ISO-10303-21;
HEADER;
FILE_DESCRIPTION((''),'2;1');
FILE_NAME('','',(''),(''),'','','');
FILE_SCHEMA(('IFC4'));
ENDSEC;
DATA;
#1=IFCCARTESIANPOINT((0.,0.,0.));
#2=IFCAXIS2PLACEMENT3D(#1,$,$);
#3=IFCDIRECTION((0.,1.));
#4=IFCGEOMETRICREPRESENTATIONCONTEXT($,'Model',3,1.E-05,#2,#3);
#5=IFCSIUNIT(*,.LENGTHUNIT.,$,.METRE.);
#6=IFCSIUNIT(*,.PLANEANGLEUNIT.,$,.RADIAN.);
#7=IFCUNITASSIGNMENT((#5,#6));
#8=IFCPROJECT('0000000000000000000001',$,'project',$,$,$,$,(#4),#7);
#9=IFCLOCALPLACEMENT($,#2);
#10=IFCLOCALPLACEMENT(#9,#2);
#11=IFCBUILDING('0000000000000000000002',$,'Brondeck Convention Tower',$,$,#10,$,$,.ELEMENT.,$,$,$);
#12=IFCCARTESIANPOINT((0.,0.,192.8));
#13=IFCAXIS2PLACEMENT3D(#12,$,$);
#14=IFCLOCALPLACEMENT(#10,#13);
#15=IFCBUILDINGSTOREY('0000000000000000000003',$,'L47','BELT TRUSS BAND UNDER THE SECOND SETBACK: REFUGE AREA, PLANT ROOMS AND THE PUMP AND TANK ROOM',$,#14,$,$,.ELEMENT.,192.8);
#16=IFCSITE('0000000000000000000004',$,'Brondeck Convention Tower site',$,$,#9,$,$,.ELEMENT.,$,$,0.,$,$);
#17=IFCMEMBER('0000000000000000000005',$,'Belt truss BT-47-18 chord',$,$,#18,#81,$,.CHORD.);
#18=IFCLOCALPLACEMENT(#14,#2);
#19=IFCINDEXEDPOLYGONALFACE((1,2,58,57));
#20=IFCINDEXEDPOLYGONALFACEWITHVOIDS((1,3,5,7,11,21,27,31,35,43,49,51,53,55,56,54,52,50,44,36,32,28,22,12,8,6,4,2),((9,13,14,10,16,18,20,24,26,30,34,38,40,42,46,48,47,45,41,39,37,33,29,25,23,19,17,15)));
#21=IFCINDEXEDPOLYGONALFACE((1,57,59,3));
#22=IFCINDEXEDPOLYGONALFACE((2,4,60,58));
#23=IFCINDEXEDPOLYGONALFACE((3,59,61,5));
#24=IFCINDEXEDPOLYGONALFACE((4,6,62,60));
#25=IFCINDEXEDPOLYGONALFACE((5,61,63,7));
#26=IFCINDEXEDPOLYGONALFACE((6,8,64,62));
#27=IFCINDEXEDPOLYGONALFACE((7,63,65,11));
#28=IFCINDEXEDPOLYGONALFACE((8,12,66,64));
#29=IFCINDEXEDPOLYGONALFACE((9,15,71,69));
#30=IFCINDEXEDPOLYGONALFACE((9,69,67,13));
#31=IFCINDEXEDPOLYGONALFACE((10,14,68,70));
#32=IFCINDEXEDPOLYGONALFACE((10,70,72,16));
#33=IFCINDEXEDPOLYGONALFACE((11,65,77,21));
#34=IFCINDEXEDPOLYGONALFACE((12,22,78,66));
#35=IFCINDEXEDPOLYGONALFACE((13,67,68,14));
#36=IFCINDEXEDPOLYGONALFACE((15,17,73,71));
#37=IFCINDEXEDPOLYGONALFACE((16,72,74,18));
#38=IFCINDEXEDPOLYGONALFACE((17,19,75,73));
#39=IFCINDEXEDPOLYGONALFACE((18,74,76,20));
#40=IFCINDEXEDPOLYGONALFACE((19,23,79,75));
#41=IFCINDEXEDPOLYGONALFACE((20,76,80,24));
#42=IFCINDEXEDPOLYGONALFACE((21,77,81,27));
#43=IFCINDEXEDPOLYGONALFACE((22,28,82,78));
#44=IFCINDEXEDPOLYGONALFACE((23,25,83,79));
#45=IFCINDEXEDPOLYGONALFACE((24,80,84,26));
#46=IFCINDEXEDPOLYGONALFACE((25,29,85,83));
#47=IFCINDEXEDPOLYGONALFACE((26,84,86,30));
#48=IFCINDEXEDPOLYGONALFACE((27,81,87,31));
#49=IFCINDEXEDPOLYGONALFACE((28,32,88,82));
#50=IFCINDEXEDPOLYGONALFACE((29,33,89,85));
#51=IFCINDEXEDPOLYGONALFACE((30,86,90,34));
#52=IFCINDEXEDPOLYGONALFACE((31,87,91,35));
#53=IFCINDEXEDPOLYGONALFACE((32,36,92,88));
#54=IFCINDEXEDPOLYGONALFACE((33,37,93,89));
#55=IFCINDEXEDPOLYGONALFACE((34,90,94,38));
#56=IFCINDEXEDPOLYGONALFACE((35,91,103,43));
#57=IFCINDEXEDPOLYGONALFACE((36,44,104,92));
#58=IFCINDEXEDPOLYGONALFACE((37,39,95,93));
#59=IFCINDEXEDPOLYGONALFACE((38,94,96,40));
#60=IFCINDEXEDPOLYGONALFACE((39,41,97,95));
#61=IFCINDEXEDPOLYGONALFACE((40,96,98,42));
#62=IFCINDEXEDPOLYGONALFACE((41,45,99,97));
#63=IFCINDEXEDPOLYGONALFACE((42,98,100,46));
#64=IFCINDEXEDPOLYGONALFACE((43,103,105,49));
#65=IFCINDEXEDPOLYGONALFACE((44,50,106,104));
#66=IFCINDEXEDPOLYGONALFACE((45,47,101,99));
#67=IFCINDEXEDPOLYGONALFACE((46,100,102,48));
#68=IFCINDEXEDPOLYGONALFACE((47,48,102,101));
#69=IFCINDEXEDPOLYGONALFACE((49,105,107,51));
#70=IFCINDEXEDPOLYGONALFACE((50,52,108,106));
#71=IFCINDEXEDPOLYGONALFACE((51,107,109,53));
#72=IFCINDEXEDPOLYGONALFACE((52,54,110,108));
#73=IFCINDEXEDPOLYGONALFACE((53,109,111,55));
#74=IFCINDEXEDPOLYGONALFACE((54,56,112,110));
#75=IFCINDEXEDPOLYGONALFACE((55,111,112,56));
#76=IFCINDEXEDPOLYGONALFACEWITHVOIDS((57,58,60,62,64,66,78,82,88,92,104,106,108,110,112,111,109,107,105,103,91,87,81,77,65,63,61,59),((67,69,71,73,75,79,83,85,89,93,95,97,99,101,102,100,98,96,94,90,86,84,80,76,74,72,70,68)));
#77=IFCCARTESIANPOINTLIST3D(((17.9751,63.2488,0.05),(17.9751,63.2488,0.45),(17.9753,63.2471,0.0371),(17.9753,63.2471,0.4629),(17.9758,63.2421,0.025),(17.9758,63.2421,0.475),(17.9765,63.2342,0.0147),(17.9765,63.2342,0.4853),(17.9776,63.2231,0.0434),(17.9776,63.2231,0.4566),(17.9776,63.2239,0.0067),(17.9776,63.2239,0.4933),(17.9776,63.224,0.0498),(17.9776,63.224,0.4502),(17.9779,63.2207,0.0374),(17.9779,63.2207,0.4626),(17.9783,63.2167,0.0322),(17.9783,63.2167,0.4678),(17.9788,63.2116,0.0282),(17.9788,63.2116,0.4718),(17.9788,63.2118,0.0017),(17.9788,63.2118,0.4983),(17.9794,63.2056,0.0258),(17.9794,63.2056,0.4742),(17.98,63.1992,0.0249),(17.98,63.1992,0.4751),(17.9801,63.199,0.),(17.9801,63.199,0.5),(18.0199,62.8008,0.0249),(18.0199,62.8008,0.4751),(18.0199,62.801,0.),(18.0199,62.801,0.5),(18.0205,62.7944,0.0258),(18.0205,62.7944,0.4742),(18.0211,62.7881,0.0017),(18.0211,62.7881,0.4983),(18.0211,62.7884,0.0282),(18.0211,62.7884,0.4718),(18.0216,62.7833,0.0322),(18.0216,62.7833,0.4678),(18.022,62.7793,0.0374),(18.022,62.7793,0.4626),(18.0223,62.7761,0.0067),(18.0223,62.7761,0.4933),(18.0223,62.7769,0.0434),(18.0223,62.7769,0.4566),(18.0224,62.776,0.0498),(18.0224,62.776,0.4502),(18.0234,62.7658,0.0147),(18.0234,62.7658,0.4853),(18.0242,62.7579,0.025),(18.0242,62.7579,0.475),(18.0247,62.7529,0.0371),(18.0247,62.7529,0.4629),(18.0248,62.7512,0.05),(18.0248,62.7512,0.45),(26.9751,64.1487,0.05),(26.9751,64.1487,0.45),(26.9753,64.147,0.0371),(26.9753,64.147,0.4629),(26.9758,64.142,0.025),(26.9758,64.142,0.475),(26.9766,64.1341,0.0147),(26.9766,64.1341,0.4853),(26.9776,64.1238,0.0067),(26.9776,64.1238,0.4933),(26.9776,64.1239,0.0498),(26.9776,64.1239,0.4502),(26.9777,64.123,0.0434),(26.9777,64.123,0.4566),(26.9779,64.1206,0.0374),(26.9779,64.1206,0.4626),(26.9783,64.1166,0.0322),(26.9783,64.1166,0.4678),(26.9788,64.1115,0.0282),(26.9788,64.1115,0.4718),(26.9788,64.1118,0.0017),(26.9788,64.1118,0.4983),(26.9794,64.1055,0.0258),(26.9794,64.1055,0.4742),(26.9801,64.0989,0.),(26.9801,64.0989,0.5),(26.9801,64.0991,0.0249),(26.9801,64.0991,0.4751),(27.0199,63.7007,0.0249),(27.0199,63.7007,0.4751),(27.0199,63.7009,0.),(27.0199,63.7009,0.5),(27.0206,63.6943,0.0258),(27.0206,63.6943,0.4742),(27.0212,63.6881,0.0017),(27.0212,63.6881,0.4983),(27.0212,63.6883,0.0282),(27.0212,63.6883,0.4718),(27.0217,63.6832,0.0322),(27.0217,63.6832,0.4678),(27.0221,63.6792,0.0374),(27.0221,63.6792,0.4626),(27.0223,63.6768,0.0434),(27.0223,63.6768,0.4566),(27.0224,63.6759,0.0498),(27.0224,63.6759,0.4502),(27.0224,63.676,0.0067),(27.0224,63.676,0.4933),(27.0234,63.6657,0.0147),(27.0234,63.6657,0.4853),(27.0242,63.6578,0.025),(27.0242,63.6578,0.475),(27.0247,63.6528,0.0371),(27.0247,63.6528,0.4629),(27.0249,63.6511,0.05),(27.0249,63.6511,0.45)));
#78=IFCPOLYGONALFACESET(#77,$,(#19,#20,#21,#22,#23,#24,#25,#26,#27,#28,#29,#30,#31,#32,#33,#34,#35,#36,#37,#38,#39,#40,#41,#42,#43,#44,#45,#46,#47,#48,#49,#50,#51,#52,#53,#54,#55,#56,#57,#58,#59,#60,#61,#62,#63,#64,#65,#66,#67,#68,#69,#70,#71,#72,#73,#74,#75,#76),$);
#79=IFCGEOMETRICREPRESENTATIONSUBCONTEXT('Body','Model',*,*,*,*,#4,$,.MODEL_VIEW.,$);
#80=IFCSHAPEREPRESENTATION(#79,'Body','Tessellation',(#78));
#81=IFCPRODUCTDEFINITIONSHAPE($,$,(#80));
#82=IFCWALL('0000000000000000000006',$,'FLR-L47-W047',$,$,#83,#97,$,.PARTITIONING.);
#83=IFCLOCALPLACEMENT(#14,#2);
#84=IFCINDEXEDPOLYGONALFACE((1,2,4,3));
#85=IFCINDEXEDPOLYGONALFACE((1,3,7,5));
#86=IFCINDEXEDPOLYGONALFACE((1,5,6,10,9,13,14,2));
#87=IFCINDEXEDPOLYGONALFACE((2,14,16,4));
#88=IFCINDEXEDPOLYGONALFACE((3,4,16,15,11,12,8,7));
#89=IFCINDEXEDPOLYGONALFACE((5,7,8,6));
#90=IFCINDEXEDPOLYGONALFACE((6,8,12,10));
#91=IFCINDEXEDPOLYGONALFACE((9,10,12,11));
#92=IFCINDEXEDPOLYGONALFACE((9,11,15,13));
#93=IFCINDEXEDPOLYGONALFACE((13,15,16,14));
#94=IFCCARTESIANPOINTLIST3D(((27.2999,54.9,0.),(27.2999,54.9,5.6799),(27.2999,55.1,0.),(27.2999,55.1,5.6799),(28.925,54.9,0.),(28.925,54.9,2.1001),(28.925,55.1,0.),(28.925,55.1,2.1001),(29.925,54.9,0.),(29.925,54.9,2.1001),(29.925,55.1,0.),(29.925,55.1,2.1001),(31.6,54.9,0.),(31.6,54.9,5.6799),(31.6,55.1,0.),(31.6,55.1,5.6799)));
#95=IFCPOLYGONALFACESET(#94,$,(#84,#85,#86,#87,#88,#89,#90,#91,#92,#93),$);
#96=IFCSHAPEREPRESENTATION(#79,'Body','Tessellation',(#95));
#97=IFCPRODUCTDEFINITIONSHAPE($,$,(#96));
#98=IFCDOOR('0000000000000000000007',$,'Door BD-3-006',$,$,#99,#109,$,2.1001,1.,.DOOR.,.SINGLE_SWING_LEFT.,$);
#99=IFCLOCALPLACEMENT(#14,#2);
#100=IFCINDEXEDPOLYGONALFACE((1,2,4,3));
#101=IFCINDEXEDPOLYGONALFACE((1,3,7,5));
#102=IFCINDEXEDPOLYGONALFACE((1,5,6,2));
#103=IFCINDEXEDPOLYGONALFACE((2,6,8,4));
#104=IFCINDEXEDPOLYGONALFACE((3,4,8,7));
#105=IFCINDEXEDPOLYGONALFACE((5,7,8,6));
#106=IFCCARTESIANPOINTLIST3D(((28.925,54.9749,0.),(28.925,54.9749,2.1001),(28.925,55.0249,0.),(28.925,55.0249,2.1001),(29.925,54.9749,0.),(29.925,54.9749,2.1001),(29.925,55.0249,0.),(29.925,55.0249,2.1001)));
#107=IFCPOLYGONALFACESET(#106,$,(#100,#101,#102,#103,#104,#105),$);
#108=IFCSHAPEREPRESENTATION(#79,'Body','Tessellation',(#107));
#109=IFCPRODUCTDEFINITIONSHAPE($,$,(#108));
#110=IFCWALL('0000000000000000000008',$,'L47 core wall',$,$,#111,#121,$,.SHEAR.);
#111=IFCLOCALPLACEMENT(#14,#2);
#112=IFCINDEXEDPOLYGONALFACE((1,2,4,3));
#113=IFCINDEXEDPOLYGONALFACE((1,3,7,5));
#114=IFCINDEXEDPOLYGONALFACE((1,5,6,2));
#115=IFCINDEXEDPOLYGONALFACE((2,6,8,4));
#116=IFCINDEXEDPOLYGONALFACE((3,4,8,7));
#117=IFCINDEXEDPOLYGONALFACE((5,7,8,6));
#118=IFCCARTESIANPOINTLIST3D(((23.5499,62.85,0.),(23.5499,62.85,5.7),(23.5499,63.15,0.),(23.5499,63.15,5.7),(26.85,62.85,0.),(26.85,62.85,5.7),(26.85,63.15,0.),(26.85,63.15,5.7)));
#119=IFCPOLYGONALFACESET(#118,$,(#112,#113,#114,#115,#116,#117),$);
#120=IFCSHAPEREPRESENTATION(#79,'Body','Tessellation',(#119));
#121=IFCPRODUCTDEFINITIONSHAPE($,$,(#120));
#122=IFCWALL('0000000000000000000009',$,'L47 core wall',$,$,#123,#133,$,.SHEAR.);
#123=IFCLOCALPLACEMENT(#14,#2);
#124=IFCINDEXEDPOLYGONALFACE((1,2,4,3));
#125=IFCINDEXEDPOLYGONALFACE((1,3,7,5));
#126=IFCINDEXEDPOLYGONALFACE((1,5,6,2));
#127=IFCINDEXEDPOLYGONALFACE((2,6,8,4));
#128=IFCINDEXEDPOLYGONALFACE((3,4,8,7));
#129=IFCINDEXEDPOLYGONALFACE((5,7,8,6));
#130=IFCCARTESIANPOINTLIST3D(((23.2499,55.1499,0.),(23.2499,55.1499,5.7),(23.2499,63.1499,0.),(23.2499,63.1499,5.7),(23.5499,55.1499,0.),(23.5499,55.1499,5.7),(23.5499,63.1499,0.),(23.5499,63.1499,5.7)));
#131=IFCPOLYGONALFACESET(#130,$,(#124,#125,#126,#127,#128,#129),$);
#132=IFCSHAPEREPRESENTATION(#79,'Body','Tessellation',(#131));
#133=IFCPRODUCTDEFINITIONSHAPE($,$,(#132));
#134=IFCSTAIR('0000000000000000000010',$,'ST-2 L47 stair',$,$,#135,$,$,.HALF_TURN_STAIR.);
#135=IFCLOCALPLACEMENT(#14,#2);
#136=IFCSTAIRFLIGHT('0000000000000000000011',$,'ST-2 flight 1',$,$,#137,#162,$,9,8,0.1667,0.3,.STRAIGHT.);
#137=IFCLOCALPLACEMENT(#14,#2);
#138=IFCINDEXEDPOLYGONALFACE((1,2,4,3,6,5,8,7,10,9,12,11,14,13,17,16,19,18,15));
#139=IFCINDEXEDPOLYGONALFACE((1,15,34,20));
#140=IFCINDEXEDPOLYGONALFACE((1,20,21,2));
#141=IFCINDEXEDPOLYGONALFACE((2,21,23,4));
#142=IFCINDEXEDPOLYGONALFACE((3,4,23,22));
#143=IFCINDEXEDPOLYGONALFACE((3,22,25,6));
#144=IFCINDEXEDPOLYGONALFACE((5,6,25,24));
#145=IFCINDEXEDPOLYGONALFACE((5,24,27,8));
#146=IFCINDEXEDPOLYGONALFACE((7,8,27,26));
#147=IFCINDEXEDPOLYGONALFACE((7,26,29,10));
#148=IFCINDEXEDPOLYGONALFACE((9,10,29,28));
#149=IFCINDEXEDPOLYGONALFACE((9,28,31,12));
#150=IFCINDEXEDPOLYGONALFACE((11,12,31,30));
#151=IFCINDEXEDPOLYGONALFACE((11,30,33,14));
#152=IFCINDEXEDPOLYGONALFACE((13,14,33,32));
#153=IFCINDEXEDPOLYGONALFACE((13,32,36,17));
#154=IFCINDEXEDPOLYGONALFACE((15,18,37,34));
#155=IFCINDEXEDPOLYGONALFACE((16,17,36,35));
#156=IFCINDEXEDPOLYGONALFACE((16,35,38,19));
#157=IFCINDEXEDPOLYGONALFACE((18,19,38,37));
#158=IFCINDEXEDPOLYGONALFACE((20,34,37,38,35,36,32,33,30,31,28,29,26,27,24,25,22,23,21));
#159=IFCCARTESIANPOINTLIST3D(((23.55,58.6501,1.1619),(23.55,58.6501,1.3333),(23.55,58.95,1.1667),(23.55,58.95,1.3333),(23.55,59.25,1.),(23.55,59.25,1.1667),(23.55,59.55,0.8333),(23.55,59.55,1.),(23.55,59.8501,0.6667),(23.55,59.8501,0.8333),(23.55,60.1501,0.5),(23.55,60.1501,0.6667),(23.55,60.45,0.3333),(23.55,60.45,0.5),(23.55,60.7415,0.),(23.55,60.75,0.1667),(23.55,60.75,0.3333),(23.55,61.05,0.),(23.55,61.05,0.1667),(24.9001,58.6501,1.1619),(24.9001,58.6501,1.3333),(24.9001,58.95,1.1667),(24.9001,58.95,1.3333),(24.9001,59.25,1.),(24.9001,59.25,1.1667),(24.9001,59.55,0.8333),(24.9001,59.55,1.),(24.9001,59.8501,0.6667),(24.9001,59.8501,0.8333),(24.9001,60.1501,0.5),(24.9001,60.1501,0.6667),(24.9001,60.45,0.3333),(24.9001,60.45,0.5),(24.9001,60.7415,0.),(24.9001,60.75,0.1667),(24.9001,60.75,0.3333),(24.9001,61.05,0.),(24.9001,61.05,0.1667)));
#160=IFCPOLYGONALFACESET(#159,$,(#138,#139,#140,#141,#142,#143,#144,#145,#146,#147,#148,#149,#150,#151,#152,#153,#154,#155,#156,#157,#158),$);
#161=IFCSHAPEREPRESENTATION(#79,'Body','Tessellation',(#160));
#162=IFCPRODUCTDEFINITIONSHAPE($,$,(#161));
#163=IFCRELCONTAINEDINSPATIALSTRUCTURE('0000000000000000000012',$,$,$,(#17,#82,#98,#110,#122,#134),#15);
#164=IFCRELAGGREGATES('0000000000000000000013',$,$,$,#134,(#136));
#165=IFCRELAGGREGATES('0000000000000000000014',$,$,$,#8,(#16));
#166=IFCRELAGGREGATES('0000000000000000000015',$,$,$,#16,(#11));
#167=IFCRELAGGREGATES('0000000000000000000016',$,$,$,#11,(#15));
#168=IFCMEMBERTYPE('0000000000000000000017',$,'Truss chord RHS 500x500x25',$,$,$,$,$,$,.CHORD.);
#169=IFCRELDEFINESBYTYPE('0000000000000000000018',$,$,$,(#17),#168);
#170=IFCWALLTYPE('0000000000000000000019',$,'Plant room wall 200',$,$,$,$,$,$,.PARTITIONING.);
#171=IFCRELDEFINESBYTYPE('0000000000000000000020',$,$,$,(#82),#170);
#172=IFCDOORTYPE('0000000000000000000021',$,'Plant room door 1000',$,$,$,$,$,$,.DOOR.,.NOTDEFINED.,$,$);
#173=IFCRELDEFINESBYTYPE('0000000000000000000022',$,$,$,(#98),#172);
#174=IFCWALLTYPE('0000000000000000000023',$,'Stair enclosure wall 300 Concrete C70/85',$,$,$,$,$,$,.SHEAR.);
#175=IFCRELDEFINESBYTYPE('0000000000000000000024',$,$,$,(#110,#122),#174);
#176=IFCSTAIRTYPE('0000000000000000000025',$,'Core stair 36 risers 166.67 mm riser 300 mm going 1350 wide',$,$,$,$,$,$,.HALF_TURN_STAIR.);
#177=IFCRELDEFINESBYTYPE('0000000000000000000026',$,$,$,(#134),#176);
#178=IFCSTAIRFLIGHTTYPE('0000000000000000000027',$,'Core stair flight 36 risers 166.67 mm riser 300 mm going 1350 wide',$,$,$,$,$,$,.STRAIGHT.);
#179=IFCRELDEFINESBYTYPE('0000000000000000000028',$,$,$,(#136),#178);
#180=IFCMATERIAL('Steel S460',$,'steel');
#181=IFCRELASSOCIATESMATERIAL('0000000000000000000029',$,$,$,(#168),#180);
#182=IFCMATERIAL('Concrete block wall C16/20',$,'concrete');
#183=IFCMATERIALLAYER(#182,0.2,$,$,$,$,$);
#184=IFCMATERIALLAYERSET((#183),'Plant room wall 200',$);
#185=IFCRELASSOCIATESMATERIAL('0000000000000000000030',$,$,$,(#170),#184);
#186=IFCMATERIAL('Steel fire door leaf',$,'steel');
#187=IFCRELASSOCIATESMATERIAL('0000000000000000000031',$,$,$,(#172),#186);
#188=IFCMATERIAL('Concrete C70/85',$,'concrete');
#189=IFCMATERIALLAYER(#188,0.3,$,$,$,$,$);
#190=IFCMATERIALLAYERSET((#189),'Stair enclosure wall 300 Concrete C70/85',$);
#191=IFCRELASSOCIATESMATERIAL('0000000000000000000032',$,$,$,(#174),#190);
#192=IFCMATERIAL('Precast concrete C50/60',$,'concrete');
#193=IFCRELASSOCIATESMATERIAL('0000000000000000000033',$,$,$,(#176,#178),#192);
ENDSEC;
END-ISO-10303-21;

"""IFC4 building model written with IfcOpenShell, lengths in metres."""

from ifc_helpers import new_model, si_unit, direction, frame, frame_2d, origin, origin_2d, place, context, subcontext, project, spatial, polyline, rectangle, hollow_rectangle, outline, extrude, material, layer, layer_set, material_profile, profile_set, type_object, element, fill, aggregate, save


model = new_model("IFC4")

# Units and contexts
model_context = context("Model", 3, precision=1e-05, world=origin(), true_north=direction((0.0, 1.0)))
body_context = subcontext(model_context, "Body", "Model", "MODEL_VIEW")
ifc_project = project(units=[si_unit("LENGTHUNIT", "METRE"), si_unit("PLANEANGLEUNIT", "RADIAN")], contexts=[model_context])

# Site, building, storey
site_placement = place(None, origin())
site = spatial("IfcSite", under=ifc_project, at=site_placement, Name="Brondeck Convention Tower site", CompositionType="ELEMENT", RefElevation=0.0)
building_placement = place(site_placement, origin())
building = spatial("IfcBuilding", under=site, at=building_placement, Name="Brondeck Convention Tower", CompositionType="ELEMENT")
storey_placement = place(building_placement, frame((0.0, 0.0, 192.8)))
storey = spatial("IfcBuildingStorey", under=building, at=storey_placement, Name="L47", Description="BELT TRUSS BAND UNDER THE SECOND SETBACK: REFUGE AREA, PLANT ROOMS AND THE PUMP AND TANK ROOM", CompositionType="ELEMENT", Elevation=192.8)

# Shared definitions
ifc_material_1 = material(Name="Concrete C70/85", Category="concrete")

# Shared definitions
ifc_material_2 = material(Name="Steel S460", Category="steel")

# Member
ifc_material_profile_1 = material_profile(ifc_material_2, hollow_rectangle(XDim=0.5, YDim=0.5, WallThickness=0.0249, InnerFilletRadius=0.0249, OuterFilletRadius=0.05, at=origin_2d()), Name="RHS 500x500x25")
ifc_profile_set_1 = profile_set([ifc_material_profile_1], Name="Steel S460")
member_type_1 = type_object("IfcMemberType", Name="Truss chord RHS 500x500x25", PredefinedType="CHORD", material=ifc_profile_set_1)
member_1_placement = place(storey_placement, frame((27.0, 63.8999, 0.25), z_axis=(-0.995038, -0.099493, 0.0), x_axis=(0.099493, -0.995038, 0.0)))
element("IfcMember", 1, at=member_1_placement, inside=storey, type_object=member_type_1, Name="Belt truss BT-47-18 chord", PredefinedType="CHORD", context=body_context, shape_type="SweptSolid", body=[
    extrude(hollow_rectangle(XDim=0.5, YDim=0.5, WallThickness=0.0249, InnerFilletRadius=0.0249, OuterFilletRadius=0.05, at=origin_2d()), origin(), (0.0, 0.0, 1.0), 9.0449),
])

# Wall, opening, door
ifc_material_3 = material(Name="Concrete block wall C16/20", Category="concrete")
ifc_layer_1 = layer(ifc_material_3, 0.2)
ifc_layer_set_1 = layer_set([ifc_layer_1], Name="Plant room wall 200")
wall_type_1 = type_object("IfcWallType", Name="Plant room wall 200", PredefinedType="PARTITIONING", material=ifc_layer_set_1)
wall_1_placement = place(storey_placement, frame((27.3, 55.0, 0.0), z_axis=(0.0, 0.0, 1.0), x_axis=(1.0, 0.0, 0.0)))
wall_1 = element("IfcWall", 2, at=wall_1_placement, inside=storey, type_object=wall_type_1, Name="FLR-L47-W047", PredefinedType="PARTITIONING", context=body_context, shape_type="SweptSolid", body=[
    extrude(rectangle(XDim=4.3, YDim=0.2, at=frame_2d((2.1499, 0.0))), origin(), (0.0, 0.0, 1.0), 5.6799),
])
opening_placement = place(wall_1_placement, frame((1.625, 0.0, 0.0)))
opening = element("IfcOpeningElement", 3, at=opening_placement, cuts=wall_1, PredefinedType="OPENING", context=body_context, shape_type="SweptSolid", body=[
    extrude(rectangle(XDim=1.0, YDim=2.1001, at=frame_2d((0.5, 1.05))), frame((0.0, 0.1099, 0.0), z_axis=(0.0, -1.0, 0.0), x_axis=(1.0, 0.0, 0.0)), (0.0, 0.0, 1.0), 0.22),
])
ifc_material_4 = material(Name="Steel fire door leaf", Category="steel")
door_type = type_object("IfcDoorType", Name="Plant room door 1000", OperationType="NOTDEFINED", PredefinedType="DOOR", material=ifc_material_4)
door_placement = place(opening_placement, origin())
door = element("IfcDoor", 4, at=door_placement, inside=storey, type_object=door_type, Name="Door BD-3-006", OperationType="SINGLE_SWING_LEFT", OverallHeight=2.1001, OverallWidth=1.0, PredefinedType="DOOR", context=body_context, shape_type="SweptSolid", body=[
    extrude(rectangle(XDim=1.0, YDim=2.1001, at=frame_2d((0.5, 1.05))), frame((0.0, 0.0249, 0.0), z_axis=(0.0, -1.0, 0.0), x_axis=(1.0, 0.0, 0.0)), (0.0, 0.0, 1.0), 0.05),
])
fill(opening, door)

# Walls
ifc_layer_2 = layer(ifc_material_1, 0.3)
ifc_layer_set_2 = layer_set([ifc_layer_2], Name="Stair enclosure wall 300 Concrete C70/85")
wall_type_2 = type_object("IfcWallType", Name="Stair enclosure wall 300 Concrete C70/85", PredefinedType="SHEAR", material=ifc_layer_set_2)
wall_2_placement = place(storey_placement, frame((23.55, 63.0, 0.0), z_axis=(0.0, 0.0, 1.0), x_axis=(1.0, 0.0, 0.0)))
element("IfcWall", 5, at=wall_2_placement, inside=storey, type_object=wall_type_2, Name="L47 core wall", PredefinedType="SHEAR", context=body_context, shape_type="SweptSolid", body=[
    extrude(rectangle(XDim=3.3, YDim=0.3, at=frame_2d((1.6499, 0.0))), origin(), (0.0, 0.0, 1.0), 5.7),
])
wall_3_placement = place(storey_placement, frame((23.3999, 55.1499, 0.0), z_axis=(0.0, 0.0, 1.0), x_axis=(0.0, 1.0, 0.0)))
element("IfcWall", 6, at=wall_3_placement, inside=storey, type_object=wall_type_2, Name="L47 core wall", PredefinedType="SHEAR", context=body_context, shape_type="SweptSolid", body=[
    extrude(rectangle(XDim=8.0, YDim=0.3, at=frame_2d((4.0, 0.0))), origin(), (0.0, 0.0, 1.0), 5.7),
])

# Stair, stair flight
ifc_material_5 = material(Name="Precast concrete C50/60", Category="concrete")
stair_type = type_object("IfcStairType", Name="Core stair 36 risers 166.67 mm riser 300 mm going 1350 wide", PredefinedType="HALF_TURN_STAIR", material=ifc_material_5)
stair_placement = place(storey_placement, origin())
stair = element("IfcStair", 7, at=stair_placement, inside=storey, type_object=stair_type, Name="ST-2 L47 stair", PredefinedType="HALF_TURN_STAIR")
stair_flight_type = type_object("IfcStairFlightType", Name="Core stair flight 36 risers 166.67 mm riser 300 mm going 1350 wide", PredefinedType="STRAIGHT", material=ifc_material_5)
stair_flight_1_placement = place(storey_placement, frame((24.2251, 61.05, 0.0), z_axis=(0.0, 0.0, 1.0), x_axis=(0.0, -1.0, 0.0)))
stair_flight_1 = element("IfcStairFlight", 8, at=stair_flight_1_placement, type_object=stair_flight_type, Name="ST-2 flight 1", NumberOfRisers=9, NumberOfTreads=8, PredefinedType="STRAIGHT", RiserHeight=0.1667, TreadLength=0.3, context=body_context, shape_type="SweptSolid", body=[
    extrude(outline(polyline([(0.0, 0.0), (0.0, 0.1667), (0.3, 0.1667), (0.3, 0.3333), (0.6001, 0.3333), (0.6001, 0.5), (0.8999, 0.5), (0.8999, 0.6667), (1.2, 0.6667), (1.2, 0.8333), (1.5, 0.8333), (1.5, 1.0), (1.8, 1.0), (1.8, 1.1667), (2.1001, 1.1667), (2.1001, 1.3333), (2.3999, 1.3333), (2.3999, 1.5), (2.3999, 1.1619), (0.3086, 0.0), (0.0, 0.0)])), frame((0.0, 0.675, 0.0), z_axis=(0.0, -1.0, 0.0), x_axis=(1.0, 0.0, 0.0)), (0.0, 0.0, 1.0), 1.3501),
])
aggregate(stair, [stair_flight_1])

save(model, "model.ifc")
